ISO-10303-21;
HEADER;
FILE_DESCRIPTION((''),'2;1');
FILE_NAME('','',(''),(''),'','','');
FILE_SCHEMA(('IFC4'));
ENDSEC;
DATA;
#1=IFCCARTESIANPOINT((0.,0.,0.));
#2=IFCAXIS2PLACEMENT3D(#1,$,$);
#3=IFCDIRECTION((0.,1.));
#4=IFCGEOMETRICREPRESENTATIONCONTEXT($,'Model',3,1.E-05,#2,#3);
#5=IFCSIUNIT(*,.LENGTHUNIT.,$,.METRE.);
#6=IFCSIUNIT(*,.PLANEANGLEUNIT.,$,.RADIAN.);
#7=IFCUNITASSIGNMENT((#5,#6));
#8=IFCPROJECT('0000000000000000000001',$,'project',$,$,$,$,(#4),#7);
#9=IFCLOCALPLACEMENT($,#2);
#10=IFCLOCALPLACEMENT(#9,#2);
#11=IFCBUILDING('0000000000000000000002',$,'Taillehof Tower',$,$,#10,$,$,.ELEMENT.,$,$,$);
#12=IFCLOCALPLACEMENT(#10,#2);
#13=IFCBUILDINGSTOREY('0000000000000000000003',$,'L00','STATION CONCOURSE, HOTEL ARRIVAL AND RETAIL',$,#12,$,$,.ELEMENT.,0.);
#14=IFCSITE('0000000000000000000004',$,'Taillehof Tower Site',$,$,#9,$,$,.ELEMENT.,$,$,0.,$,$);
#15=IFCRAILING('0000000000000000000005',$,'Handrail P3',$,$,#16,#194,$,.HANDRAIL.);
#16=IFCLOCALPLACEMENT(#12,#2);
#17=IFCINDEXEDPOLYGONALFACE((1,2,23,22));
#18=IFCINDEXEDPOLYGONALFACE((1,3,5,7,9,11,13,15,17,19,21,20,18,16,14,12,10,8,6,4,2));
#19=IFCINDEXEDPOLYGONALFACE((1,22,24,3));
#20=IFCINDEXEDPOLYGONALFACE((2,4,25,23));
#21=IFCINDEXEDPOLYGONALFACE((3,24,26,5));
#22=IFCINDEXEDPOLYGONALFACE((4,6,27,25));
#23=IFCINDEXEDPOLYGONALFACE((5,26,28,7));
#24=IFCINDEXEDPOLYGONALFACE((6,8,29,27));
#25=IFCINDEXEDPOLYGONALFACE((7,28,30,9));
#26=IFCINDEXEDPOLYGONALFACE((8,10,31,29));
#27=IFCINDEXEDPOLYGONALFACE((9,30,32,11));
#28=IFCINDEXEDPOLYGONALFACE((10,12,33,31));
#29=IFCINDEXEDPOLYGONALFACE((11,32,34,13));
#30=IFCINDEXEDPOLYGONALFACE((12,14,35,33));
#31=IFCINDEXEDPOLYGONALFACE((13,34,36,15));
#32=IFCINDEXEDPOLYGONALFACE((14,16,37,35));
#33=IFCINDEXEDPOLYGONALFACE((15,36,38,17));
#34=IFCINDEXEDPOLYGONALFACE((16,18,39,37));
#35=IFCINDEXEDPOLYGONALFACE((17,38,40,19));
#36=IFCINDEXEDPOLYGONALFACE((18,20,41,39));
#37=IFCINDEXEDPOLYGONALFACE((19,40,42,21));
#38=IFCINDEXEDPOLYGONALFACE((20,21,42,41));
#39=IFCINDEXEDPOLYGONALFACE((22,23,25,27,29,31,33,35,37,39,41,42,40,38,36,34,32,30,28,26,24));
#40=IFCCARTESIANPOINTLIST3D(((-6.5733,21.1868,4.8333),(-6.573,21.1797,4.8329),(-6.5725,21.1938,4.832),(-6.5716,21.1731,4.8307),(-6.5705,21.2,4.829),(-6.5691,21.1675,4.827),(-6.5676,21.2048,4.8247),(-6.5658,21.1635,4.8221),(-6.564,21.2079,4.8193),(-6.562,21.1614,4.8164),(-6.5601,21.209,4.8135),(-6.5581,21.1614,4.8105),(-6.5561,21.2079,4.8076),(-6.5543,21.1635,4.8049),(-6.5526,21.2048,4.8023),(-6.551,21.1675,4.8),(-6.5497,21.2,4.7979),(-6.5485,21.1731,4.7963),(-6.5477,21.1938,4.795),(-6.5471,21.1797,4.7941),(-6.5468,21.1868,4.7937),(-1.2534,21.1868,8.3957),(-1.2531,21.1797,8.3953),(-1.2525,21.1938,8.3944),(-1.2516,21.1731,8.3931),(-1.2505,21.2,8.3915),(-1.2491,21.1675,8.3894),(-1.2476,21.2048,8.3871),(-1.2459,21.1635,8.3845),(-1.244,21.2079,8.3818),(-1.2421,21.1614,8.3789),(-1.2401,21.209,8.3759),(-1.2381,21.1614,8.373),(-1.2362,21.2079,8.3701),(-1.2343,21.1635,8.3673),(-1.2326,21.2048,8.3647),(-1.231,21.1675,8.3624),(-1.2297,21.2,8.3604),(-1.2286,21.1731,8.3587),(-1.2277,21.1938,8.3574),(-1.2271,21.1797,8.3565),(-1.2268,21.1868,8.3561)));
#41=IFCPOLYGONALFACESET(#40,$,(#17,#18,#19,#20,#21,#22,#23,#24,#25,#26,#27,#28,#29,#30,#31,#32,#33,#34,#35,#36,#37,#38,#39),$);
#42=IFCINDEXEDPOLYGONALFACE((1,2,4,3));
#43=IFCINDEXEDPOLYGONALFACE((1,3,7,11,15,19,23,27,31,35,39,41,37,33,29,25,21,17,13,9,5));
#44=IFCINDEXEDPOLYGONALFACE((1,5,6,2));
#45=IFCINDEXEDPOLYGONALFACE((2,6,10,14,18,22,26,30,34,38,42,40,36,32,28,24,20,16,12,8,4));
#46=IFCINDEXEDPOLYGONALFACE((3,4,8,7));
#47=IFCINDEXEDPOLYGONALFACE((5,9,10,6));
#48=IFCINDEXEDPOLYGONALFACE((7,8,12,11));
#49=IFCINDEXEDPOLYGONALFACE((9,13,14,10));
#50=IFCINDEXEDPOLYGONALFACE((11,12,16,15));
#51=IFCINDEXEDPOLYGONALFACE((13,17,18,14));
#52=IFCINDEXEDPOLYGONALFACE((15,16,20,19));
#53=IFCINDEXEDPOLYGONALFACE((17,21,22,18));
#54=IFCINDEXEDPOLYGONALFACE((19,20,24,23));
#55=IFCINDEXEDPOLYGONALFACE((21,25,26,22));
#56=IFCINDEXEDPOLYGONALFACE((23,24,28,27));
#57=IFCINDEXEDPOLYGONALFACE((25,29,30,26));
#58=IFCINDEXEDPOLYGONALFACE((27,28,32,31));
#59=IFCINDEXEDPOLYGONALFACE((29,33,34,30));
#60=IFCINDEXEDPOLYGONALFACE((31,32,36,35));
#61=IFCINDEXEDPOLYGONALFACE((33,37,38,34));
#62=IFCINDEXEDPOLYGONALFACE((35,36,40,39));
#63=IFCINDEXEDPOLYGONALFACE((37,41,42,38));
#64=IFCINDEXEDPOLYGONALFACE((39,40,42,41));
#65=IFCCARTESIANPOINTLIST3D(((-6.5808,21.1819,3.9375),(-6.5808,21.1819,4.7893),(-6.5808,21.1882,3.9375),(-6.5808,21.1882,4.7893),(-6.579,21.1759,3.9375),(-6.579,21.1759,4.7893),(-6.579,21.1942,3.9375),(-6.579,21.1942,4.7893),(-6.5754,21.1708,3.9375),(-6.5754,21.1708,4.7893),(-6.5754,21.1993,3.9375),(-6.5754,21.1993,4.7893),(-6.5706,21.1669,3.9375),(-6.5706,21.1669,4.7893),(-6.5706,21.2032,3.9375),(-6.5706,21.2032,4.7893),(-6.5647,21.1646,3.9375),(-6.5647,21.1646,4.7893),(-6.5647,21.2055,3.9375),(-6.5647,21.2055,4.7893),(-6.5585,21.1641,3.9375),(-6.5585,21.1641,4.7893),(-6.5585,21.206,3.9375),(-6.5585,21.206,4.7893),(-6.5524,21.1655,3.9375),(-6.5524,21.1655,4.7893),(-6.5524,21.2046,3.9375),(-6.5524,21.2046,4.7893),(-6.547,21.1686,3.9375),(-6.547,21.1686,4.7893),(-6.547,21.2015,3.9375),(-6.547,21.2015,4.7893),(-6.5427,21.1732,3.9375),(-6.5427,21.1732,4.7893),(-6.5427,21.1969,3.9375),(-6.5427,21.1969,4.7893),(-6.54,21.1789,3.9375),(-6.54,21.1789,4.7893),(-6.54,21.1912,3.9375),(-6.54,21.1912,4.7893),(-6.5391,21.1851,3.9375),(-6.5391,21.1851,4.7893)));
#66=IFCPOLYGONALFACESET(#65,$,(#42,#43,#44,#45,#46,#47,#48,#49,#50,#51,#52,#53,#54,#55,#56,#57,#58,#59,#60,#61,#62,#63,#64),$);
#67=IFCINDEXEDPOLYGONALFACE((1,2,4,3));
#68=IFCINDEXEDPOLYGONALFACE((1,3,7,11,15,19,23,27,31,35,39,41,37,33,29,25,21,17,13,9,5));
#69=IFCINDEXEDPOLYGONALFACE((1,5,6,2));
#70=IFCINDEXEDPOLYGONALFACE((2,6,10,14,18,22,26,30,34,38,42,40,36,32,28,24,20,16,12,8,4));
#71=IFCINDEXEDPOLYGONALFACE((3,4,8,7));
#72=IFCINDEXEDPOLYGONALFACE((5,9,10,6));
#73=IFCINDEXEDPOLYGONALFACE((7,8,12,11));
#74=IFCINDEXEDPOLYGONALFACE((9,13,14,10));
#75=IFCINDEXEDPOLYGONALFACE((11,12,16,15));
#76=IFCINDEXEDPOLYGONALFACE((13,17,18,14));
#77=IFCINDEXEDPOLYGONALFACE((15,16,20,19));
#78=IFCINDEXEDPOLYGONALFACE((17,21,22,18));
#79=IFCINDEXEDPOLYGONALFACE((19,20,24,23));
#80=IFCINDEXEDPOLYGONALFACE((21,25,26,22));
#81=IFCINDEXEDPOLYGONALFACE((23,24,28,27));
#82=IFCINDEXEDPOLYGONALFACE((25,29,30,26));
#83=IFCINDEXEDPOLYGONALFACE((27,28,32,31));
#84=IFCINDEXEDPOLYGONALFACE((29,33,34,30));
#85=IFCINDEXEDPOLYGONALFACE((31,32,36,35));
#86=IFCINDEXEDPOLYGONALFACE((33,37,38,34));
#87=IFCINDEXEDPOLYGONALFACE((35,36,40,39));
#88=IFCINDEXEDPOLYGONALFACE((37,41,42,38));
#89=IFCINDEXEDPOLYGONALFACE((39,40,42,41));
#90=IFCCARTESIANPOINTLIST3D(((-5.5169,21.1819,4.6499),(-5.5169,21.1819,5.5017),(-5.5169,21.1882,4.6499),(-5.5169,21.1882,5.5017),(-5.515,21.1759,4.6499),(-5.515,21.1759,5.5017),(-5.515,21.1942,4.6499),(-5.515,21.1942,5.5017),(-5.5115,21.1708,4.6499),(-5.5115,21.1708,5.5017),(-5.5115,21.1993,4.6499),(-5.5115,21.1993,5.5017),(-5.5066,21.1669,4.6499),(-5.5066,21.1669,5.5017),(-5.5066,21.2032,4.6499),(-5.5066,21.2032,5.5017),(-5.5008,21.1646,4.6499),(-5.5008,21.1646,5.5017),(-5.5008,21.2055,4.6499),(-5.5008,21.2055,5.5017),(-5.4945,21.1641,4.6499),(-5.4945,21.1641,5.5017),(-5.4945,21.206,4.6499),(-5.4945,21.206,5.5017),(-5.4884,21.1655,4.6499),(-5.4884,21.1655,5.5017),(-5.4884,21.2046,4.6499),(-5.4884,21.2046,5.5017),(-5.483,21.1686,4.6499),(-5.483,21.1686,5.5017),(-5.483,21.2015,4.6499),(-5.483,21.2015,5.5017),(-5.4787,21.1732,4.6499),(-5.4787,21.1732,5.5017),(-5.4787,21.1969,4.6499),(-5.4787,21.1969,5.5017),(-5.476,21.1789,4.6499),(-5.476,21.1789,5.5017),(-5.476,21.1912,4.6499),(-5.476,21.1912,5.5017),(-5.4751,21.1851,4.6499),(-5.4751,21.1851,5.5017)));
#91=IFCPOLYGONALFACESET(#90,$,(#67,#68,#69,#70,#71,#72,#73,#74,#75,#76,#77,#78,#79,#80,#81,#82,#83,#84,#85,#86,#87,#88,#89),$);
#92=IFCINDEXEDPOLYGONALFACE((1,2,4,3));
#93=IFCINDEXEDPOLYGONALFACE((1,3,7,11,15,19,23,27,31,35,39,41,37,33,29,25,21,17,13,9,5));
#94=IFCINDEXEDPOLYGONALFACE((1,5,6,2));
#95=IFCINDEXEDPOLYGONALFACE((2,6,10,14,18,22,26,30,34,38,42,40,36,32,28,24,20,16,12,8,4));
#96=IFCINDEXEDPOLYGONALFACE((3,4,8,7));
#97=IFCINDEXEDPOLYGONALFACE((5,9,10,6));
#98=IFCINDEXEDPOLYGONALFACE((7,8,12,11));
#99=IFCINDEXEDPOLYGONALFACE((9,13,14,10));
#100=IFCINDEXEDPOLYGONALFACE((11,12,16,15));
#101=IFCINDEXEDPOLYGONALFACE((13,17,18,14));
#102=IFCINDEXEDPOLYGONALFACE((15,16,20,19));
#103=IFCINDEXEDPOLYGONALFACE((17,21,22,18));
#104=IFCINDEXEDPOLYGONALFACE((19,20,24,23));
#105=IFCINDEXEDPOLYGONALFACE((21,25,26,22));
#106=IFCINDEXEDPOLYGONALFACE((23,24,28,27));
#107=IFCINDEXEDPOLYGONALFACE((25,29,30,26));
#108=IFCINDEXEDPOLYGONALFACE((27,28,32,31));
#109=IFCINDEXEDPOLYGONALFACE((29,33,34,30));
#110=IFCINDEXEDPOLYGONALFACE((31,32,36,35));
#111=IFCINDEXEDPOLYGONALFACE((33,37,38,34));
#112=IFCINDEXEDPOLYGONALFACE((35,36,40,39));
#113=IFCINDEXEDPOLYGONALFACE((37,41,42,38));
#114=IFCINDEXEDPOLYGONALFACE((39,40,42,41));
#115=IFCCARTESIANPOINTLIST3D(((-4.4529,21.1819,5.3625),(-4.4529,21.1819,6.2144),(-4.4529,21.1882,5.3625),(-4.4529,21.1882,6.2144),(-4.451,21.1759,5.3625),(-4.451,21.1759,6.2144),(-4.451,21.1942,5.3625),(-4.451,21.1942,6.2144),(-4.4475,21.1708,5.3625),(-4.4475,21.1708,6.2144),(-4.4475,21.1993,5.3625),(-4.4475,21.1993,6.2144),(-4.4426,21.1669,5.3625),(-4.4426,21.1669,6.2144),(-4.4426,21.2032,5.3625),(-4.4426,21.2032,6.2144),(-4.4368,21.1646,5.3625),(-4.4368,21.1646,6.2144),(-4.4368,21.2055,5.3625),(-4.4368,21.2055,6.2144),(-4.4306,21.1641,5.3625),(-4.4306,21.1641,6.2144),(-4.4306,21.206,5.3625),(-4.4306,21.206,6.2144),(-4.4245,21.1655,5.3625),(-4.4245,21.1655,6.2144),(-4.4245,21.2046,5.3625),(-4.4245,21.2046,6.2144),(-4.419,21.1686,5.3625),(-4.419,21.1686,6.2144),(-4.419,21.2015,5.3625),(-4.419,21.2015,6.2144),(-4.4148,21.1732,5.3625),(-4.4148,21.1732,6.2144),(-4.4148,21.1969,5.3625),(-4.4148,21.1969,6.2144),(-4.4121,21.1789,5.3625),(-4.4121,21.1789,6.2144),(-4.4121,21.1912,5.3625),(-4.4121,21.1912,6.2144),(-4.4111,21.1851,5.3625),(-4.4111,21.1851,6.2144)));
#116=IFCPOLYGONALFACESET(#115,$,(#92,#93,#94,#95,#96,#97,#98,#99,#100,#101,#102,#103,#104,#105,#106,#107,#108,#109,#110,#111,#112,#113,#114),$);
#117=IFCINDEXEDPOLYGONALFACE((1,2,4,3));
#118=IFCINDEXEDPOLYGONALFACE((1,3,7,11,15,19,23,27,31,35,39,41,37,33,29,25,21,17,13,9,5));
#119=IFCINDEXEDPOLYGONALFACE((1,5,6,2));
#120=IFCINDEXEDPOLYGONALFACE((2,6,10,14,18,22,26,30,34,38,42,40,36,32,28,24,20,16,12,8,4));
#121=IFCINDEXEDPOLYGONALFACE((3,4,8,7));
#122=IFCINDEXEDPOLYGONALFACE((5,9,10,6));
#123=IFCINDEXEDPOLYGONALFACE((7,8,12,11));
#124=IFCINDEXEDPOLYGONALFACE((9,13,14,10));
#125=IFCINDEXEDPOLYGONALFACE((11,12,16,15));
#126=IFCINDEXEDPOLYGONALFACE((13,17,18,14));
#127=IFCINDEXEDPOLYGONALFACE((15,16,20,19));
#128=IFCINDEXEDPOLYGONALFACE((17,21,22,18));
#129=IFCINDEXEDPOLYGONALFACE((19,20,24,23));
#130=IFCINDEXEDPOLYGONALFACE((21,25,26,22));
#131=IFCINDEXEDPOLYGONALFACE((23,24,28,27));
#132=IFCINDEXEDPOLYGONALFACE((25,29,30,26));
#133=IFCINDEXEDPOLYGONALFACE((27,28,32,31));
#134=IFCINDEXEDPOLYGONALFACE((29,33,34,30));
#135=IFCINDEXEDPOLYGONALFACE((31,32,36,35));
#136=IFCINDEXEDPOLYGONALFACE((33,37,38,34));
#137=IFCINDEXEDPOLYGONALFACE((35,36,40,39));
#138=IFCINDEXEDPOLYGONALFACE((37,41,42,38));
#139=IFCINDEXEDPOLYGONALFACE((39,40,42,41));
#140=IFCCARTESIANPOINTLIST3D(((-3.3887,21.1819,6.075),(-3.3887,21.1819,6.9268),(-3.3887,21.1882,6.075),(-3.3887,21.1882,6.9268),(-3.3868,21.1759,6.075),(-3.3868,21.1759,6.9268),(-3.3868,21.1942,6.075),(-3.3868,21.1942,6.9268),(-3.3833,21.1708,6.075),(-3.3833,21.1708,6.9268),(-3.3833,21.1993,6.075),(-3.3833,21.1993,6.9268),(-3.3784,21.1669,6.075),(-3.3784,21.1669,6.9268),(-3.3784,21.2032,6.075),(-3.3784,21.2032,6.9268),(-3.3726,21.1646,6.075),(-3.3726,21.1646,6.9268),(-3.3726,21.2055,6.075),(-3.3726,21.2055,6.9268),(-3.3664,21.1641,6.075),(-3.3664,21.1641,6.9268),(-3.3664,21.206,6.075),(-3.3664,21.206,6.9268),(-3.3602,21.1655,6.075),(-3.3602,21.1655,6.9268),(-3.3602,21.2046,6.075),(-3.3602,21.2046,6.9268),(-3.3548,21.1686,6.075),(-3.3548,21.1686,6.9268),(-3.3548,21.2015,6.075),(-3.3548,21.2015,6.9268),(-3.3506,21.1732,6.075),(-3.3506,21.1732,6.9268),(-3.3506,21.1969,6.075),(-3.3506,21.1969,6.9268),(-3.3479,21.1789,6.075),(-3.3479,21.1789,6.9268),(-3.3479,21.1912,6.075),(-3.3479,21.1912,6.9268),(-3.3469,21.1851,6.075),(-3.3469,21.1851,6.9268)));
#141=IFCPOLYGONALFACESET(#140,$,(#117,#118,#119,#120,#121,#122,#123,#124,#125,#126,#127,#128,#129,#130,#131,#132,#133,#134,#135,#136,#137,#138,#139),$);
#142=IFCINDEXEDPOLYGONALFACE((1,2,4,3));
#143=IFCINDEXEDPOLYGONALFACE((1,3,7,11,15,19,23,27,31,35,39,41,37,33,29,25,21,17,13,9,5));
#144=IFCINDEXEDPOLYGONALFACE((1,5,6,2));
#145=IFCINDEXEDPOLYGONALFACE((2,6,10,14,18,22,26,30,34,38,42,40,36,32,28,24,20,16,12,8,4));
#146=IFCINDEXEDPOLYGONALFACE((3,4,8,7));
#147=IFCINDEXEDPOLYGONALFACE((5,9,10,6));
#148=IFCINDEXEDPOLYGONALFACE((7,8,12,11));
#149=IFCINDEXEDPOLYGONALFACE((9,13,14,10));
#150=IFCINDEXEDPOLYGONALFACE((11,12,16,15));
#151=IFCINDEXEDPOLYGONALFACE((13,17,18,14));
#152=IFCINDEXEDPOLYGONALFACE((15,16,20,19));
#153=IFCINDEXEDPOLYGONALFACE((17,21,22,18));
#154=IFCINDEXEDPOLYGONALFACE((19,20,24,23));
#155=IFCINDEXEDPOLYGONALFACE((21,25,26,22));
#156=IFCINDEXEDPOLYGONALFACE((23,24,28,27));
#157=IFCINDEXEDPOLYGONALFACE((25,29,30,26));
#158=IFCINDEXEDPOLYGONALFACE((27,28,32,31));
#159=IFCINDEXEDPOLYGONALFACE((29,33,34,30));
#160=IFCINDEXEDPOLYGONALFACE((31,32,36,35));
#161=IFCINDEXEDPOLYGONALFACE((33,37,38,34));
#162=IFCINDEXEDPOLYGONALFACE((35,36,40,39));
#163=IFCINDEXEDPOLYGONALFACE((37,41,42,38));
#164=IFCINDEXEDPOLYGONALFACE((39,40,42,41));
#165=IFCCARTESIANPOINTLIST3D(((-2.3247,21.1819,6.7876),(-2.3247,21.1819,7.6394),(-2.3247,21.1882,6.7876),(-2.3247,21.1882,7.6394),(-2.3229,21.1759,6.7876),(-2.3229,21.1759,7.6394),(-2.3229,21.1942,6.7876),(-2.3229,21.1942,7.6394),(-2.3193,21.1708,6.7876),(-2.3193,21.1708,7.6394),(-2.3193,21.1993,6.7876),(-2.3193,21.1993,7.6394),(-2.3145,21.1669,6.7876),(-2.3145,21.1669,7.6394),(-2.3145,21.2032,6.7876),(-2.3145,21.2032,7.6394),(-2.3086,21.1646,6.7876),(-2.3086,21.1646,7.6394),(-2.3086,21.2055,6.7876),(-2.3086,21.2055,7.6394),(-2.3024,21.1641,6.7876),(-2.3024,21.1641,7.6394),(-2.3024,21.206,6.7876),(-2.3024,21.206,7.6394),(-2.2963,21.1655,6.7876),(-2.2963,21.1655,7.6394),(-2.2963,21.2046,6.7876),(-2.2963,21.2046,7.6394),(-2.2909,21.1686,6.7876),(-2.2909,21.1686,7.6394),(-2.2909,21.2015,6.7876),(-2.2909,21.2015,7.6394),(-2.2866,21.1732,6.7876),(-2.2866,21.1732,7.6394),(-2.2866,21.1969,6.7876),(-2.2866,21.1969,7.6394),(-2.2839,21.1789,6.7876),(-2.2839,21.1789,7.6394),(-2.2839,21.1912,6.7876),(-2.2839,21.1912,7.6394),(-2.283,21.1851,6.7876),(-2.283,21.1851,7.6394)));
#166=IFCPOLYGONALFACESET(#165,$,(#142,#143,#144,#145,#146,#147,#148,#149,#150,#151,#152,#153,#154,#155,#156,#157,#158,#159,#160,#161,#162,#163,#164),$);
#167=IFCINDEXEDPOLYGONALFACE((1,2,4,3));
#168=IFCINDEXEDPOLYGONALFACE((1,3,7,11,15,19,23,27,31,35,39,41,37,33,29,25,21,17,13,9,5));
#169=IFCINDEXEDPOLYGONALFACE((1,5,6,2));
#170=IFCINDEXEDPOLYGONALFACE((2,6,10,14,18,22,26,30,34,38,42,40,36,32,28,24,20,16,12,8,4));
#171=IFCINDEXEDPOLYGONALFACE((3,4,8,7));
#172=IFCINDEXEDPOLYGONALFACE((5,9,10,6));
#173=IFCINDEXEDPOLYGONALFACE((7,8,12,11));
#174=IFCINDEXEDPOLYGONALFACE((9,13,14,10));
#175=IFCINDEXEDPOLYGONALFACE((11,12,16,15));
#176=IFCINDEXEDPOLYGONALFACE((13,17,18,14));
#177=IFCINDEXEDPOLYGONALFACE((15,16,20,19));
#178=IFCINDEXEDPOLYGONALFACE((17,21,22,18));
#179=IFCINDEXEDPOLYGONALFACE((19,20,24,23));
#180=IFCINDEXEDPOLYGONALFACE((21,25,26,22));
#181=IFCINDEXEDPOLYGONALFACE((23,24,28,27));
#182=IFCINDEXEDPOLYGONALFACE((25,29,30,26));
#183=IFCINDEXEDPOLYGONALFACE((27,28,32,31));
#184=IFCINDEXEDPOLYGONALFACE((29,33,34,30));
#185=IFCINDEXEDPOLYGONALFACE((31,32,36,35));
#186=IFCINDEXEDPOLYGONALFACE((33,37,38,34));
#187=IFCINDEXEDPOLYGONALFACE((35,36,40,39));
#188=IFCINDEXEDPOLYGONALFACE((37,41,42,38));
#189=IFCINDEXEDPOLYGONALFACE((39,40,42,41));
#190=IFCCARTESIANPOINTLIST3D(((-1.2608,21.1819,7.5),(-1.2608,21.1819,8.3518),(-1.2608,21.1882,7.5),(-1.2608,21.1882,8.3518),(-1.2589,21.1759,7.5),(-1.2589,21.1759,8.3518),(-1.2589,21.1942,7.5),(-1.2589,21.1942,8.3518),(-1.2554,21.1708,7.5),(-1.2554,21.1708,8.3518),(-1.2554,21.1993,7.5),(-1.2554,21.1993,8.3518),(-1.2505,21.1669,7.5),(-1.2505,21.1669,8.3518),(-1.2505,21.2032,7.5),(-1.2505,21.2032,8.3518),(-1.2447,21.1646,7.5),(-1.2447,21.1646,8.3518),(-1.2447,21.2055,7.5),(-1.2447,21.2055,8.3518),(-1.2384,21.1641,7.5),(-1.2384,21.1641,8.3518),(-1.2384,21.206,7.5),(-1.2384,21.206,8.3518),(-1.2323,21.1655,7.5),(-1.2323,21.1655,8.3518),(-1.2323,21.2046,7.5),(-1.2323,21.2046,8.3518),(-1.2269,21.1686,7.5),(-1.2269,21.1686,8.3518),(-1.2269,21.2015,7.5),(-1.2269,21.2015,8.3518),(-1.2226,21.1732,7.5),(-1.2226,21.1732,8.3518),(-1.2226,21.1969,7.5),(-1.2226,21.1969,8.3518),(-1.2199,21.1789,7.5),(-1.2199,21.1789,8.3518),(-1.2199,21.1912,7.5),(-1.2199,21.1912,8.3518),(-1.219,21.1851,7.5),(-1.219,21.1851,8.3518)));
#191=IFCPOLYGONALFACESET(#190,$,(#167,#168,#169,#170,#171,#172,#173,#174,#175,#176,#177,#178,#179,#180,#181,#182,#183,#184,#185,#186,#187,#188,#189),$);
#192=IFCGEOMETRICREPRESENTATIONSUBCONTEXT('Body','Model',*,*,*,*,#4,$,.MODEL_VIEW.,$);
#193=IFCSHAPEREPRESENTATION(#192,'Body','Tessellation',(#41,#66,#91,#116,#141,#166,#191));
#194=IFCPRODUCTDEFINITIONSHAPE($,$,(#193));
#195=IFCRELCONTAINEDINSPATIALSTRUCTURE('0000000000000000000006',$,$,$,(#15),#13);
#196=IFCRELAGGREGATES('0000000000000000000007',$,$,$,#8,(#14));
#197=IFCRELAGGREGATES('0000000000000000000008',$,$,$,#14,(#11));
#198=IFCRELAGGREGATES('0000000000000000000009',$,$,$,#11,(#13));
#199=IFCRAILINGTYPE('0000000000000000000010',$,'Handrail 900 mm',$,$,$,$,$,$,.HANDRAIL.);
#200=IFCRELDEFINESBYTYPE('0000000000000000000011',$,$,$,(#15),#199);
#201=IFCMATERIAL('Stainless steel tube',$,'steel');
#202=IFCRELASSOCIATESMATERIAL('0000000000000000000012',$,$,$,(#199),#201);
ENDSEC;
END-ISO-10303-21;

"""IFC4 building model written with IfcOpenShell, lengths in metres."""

from ifc_helpers import new_model, si_unit, direction, frame, origin, origin_2d, place, context, subcontext, project, spatial, circle, extrude, material, type_object, element, save


model = new_model("IFC4")

# Units and contexts
model_context = context("Model", 3, precision=1e-05, world=origin(), true_north=direction((0.0, 1.0)))
body_context = subcontext(model_context, "Body", "Model", "MODEL_VIEW")
ifc_project = project(units=[si_unit("LENGTHUNIT", "METRE"), si_unit("PLANEANGLEUNIT", "RADIAN")], contexts=[model_context])

# Site, building, storey
site_placement = place(None, origin())
site = spatial("IfcSite", under=ifc_project, at=site_placement, Name="Taillehof Tower Site", CompositionType="ELEMENT", RefElevation=0.0)
building_placement = place(site_placement, origin())
building = spatial("IfcBuilding", under=site, at=building_placement, Name="Taillehof Tower", CompositionType="ELEMENT")
storey_placement = place(building_placement, origin())
storey = spatial("IfcBuildingStorey", under=building, at=storey_placement, Name="L00", Description="STATION CONCOURSE, HOTEL ARRIVAL AND RETAIL", CompositionType="ELEMENT", Elevation=0.0)

# Railing
ifc_material_1 = material(Name="Stainless steel tube", Category="steel")
railing_type = type_object("IfcRailingType", Name="Handrail 900 mm", PredefinedType="HANDRAIL", material=ifc_material_1)
for number, where, name in (
    (1, (-6.5601, 21.1851, 3.9375), "Handrail P3"),
):
    element("IfcRailing", number, at=place(storey_placement, frame(where)), inside=storey, type_object=railing_type, Name=name, PredefinedType="HANDRAIL", context=body_context, shape_type="SweptSolid", body=[
        extrude(circle(Radius=0.0239, at=origin_2d()), frame((0.0, 0.0, 0.876), z_axis=(0.83091, 0.0, 0.556406), x_axis=(0.0, 1.0, 0.0)), (0.0, 0.0, 1.0), 6.4026),
        extrude(circle(Radius=0.021, at=origin_2d()), origin(), (0.0, 0.0, 1.0), 0.8518),
        extrude(circle(Radius=0.021, at=origin_2d()), frame((1.064, 0.0, 0.7124)), (0.0, 0.0, 1.0), 0.8518),
        extrude(circle(Radius=0.021, at=origin_2d()), frame((2.1279, 0.0, 1.425)), (0.0, 0.0, 1.0), 0.8518),
        extrude(circle(Radius=0.021, at=origin_2d()), frame((3.1921, 0.0, 2.1375)), (0.0, 0.0, 1.0), 0.8518),
        extrude(circle(Radius=0.021, at=origin_2d()), frame((4.2561, 0.0, 2.8501)), (0.0, 0.0, 1.0), 0.8518),
        extrude(circle(Radius=0.021, at=origin_2d()), frame((5.3201, 0.0, 3.5625)), (0.0, 0.0, 1.0), 0.8518),
    ])

save(model, "model.ifc")
